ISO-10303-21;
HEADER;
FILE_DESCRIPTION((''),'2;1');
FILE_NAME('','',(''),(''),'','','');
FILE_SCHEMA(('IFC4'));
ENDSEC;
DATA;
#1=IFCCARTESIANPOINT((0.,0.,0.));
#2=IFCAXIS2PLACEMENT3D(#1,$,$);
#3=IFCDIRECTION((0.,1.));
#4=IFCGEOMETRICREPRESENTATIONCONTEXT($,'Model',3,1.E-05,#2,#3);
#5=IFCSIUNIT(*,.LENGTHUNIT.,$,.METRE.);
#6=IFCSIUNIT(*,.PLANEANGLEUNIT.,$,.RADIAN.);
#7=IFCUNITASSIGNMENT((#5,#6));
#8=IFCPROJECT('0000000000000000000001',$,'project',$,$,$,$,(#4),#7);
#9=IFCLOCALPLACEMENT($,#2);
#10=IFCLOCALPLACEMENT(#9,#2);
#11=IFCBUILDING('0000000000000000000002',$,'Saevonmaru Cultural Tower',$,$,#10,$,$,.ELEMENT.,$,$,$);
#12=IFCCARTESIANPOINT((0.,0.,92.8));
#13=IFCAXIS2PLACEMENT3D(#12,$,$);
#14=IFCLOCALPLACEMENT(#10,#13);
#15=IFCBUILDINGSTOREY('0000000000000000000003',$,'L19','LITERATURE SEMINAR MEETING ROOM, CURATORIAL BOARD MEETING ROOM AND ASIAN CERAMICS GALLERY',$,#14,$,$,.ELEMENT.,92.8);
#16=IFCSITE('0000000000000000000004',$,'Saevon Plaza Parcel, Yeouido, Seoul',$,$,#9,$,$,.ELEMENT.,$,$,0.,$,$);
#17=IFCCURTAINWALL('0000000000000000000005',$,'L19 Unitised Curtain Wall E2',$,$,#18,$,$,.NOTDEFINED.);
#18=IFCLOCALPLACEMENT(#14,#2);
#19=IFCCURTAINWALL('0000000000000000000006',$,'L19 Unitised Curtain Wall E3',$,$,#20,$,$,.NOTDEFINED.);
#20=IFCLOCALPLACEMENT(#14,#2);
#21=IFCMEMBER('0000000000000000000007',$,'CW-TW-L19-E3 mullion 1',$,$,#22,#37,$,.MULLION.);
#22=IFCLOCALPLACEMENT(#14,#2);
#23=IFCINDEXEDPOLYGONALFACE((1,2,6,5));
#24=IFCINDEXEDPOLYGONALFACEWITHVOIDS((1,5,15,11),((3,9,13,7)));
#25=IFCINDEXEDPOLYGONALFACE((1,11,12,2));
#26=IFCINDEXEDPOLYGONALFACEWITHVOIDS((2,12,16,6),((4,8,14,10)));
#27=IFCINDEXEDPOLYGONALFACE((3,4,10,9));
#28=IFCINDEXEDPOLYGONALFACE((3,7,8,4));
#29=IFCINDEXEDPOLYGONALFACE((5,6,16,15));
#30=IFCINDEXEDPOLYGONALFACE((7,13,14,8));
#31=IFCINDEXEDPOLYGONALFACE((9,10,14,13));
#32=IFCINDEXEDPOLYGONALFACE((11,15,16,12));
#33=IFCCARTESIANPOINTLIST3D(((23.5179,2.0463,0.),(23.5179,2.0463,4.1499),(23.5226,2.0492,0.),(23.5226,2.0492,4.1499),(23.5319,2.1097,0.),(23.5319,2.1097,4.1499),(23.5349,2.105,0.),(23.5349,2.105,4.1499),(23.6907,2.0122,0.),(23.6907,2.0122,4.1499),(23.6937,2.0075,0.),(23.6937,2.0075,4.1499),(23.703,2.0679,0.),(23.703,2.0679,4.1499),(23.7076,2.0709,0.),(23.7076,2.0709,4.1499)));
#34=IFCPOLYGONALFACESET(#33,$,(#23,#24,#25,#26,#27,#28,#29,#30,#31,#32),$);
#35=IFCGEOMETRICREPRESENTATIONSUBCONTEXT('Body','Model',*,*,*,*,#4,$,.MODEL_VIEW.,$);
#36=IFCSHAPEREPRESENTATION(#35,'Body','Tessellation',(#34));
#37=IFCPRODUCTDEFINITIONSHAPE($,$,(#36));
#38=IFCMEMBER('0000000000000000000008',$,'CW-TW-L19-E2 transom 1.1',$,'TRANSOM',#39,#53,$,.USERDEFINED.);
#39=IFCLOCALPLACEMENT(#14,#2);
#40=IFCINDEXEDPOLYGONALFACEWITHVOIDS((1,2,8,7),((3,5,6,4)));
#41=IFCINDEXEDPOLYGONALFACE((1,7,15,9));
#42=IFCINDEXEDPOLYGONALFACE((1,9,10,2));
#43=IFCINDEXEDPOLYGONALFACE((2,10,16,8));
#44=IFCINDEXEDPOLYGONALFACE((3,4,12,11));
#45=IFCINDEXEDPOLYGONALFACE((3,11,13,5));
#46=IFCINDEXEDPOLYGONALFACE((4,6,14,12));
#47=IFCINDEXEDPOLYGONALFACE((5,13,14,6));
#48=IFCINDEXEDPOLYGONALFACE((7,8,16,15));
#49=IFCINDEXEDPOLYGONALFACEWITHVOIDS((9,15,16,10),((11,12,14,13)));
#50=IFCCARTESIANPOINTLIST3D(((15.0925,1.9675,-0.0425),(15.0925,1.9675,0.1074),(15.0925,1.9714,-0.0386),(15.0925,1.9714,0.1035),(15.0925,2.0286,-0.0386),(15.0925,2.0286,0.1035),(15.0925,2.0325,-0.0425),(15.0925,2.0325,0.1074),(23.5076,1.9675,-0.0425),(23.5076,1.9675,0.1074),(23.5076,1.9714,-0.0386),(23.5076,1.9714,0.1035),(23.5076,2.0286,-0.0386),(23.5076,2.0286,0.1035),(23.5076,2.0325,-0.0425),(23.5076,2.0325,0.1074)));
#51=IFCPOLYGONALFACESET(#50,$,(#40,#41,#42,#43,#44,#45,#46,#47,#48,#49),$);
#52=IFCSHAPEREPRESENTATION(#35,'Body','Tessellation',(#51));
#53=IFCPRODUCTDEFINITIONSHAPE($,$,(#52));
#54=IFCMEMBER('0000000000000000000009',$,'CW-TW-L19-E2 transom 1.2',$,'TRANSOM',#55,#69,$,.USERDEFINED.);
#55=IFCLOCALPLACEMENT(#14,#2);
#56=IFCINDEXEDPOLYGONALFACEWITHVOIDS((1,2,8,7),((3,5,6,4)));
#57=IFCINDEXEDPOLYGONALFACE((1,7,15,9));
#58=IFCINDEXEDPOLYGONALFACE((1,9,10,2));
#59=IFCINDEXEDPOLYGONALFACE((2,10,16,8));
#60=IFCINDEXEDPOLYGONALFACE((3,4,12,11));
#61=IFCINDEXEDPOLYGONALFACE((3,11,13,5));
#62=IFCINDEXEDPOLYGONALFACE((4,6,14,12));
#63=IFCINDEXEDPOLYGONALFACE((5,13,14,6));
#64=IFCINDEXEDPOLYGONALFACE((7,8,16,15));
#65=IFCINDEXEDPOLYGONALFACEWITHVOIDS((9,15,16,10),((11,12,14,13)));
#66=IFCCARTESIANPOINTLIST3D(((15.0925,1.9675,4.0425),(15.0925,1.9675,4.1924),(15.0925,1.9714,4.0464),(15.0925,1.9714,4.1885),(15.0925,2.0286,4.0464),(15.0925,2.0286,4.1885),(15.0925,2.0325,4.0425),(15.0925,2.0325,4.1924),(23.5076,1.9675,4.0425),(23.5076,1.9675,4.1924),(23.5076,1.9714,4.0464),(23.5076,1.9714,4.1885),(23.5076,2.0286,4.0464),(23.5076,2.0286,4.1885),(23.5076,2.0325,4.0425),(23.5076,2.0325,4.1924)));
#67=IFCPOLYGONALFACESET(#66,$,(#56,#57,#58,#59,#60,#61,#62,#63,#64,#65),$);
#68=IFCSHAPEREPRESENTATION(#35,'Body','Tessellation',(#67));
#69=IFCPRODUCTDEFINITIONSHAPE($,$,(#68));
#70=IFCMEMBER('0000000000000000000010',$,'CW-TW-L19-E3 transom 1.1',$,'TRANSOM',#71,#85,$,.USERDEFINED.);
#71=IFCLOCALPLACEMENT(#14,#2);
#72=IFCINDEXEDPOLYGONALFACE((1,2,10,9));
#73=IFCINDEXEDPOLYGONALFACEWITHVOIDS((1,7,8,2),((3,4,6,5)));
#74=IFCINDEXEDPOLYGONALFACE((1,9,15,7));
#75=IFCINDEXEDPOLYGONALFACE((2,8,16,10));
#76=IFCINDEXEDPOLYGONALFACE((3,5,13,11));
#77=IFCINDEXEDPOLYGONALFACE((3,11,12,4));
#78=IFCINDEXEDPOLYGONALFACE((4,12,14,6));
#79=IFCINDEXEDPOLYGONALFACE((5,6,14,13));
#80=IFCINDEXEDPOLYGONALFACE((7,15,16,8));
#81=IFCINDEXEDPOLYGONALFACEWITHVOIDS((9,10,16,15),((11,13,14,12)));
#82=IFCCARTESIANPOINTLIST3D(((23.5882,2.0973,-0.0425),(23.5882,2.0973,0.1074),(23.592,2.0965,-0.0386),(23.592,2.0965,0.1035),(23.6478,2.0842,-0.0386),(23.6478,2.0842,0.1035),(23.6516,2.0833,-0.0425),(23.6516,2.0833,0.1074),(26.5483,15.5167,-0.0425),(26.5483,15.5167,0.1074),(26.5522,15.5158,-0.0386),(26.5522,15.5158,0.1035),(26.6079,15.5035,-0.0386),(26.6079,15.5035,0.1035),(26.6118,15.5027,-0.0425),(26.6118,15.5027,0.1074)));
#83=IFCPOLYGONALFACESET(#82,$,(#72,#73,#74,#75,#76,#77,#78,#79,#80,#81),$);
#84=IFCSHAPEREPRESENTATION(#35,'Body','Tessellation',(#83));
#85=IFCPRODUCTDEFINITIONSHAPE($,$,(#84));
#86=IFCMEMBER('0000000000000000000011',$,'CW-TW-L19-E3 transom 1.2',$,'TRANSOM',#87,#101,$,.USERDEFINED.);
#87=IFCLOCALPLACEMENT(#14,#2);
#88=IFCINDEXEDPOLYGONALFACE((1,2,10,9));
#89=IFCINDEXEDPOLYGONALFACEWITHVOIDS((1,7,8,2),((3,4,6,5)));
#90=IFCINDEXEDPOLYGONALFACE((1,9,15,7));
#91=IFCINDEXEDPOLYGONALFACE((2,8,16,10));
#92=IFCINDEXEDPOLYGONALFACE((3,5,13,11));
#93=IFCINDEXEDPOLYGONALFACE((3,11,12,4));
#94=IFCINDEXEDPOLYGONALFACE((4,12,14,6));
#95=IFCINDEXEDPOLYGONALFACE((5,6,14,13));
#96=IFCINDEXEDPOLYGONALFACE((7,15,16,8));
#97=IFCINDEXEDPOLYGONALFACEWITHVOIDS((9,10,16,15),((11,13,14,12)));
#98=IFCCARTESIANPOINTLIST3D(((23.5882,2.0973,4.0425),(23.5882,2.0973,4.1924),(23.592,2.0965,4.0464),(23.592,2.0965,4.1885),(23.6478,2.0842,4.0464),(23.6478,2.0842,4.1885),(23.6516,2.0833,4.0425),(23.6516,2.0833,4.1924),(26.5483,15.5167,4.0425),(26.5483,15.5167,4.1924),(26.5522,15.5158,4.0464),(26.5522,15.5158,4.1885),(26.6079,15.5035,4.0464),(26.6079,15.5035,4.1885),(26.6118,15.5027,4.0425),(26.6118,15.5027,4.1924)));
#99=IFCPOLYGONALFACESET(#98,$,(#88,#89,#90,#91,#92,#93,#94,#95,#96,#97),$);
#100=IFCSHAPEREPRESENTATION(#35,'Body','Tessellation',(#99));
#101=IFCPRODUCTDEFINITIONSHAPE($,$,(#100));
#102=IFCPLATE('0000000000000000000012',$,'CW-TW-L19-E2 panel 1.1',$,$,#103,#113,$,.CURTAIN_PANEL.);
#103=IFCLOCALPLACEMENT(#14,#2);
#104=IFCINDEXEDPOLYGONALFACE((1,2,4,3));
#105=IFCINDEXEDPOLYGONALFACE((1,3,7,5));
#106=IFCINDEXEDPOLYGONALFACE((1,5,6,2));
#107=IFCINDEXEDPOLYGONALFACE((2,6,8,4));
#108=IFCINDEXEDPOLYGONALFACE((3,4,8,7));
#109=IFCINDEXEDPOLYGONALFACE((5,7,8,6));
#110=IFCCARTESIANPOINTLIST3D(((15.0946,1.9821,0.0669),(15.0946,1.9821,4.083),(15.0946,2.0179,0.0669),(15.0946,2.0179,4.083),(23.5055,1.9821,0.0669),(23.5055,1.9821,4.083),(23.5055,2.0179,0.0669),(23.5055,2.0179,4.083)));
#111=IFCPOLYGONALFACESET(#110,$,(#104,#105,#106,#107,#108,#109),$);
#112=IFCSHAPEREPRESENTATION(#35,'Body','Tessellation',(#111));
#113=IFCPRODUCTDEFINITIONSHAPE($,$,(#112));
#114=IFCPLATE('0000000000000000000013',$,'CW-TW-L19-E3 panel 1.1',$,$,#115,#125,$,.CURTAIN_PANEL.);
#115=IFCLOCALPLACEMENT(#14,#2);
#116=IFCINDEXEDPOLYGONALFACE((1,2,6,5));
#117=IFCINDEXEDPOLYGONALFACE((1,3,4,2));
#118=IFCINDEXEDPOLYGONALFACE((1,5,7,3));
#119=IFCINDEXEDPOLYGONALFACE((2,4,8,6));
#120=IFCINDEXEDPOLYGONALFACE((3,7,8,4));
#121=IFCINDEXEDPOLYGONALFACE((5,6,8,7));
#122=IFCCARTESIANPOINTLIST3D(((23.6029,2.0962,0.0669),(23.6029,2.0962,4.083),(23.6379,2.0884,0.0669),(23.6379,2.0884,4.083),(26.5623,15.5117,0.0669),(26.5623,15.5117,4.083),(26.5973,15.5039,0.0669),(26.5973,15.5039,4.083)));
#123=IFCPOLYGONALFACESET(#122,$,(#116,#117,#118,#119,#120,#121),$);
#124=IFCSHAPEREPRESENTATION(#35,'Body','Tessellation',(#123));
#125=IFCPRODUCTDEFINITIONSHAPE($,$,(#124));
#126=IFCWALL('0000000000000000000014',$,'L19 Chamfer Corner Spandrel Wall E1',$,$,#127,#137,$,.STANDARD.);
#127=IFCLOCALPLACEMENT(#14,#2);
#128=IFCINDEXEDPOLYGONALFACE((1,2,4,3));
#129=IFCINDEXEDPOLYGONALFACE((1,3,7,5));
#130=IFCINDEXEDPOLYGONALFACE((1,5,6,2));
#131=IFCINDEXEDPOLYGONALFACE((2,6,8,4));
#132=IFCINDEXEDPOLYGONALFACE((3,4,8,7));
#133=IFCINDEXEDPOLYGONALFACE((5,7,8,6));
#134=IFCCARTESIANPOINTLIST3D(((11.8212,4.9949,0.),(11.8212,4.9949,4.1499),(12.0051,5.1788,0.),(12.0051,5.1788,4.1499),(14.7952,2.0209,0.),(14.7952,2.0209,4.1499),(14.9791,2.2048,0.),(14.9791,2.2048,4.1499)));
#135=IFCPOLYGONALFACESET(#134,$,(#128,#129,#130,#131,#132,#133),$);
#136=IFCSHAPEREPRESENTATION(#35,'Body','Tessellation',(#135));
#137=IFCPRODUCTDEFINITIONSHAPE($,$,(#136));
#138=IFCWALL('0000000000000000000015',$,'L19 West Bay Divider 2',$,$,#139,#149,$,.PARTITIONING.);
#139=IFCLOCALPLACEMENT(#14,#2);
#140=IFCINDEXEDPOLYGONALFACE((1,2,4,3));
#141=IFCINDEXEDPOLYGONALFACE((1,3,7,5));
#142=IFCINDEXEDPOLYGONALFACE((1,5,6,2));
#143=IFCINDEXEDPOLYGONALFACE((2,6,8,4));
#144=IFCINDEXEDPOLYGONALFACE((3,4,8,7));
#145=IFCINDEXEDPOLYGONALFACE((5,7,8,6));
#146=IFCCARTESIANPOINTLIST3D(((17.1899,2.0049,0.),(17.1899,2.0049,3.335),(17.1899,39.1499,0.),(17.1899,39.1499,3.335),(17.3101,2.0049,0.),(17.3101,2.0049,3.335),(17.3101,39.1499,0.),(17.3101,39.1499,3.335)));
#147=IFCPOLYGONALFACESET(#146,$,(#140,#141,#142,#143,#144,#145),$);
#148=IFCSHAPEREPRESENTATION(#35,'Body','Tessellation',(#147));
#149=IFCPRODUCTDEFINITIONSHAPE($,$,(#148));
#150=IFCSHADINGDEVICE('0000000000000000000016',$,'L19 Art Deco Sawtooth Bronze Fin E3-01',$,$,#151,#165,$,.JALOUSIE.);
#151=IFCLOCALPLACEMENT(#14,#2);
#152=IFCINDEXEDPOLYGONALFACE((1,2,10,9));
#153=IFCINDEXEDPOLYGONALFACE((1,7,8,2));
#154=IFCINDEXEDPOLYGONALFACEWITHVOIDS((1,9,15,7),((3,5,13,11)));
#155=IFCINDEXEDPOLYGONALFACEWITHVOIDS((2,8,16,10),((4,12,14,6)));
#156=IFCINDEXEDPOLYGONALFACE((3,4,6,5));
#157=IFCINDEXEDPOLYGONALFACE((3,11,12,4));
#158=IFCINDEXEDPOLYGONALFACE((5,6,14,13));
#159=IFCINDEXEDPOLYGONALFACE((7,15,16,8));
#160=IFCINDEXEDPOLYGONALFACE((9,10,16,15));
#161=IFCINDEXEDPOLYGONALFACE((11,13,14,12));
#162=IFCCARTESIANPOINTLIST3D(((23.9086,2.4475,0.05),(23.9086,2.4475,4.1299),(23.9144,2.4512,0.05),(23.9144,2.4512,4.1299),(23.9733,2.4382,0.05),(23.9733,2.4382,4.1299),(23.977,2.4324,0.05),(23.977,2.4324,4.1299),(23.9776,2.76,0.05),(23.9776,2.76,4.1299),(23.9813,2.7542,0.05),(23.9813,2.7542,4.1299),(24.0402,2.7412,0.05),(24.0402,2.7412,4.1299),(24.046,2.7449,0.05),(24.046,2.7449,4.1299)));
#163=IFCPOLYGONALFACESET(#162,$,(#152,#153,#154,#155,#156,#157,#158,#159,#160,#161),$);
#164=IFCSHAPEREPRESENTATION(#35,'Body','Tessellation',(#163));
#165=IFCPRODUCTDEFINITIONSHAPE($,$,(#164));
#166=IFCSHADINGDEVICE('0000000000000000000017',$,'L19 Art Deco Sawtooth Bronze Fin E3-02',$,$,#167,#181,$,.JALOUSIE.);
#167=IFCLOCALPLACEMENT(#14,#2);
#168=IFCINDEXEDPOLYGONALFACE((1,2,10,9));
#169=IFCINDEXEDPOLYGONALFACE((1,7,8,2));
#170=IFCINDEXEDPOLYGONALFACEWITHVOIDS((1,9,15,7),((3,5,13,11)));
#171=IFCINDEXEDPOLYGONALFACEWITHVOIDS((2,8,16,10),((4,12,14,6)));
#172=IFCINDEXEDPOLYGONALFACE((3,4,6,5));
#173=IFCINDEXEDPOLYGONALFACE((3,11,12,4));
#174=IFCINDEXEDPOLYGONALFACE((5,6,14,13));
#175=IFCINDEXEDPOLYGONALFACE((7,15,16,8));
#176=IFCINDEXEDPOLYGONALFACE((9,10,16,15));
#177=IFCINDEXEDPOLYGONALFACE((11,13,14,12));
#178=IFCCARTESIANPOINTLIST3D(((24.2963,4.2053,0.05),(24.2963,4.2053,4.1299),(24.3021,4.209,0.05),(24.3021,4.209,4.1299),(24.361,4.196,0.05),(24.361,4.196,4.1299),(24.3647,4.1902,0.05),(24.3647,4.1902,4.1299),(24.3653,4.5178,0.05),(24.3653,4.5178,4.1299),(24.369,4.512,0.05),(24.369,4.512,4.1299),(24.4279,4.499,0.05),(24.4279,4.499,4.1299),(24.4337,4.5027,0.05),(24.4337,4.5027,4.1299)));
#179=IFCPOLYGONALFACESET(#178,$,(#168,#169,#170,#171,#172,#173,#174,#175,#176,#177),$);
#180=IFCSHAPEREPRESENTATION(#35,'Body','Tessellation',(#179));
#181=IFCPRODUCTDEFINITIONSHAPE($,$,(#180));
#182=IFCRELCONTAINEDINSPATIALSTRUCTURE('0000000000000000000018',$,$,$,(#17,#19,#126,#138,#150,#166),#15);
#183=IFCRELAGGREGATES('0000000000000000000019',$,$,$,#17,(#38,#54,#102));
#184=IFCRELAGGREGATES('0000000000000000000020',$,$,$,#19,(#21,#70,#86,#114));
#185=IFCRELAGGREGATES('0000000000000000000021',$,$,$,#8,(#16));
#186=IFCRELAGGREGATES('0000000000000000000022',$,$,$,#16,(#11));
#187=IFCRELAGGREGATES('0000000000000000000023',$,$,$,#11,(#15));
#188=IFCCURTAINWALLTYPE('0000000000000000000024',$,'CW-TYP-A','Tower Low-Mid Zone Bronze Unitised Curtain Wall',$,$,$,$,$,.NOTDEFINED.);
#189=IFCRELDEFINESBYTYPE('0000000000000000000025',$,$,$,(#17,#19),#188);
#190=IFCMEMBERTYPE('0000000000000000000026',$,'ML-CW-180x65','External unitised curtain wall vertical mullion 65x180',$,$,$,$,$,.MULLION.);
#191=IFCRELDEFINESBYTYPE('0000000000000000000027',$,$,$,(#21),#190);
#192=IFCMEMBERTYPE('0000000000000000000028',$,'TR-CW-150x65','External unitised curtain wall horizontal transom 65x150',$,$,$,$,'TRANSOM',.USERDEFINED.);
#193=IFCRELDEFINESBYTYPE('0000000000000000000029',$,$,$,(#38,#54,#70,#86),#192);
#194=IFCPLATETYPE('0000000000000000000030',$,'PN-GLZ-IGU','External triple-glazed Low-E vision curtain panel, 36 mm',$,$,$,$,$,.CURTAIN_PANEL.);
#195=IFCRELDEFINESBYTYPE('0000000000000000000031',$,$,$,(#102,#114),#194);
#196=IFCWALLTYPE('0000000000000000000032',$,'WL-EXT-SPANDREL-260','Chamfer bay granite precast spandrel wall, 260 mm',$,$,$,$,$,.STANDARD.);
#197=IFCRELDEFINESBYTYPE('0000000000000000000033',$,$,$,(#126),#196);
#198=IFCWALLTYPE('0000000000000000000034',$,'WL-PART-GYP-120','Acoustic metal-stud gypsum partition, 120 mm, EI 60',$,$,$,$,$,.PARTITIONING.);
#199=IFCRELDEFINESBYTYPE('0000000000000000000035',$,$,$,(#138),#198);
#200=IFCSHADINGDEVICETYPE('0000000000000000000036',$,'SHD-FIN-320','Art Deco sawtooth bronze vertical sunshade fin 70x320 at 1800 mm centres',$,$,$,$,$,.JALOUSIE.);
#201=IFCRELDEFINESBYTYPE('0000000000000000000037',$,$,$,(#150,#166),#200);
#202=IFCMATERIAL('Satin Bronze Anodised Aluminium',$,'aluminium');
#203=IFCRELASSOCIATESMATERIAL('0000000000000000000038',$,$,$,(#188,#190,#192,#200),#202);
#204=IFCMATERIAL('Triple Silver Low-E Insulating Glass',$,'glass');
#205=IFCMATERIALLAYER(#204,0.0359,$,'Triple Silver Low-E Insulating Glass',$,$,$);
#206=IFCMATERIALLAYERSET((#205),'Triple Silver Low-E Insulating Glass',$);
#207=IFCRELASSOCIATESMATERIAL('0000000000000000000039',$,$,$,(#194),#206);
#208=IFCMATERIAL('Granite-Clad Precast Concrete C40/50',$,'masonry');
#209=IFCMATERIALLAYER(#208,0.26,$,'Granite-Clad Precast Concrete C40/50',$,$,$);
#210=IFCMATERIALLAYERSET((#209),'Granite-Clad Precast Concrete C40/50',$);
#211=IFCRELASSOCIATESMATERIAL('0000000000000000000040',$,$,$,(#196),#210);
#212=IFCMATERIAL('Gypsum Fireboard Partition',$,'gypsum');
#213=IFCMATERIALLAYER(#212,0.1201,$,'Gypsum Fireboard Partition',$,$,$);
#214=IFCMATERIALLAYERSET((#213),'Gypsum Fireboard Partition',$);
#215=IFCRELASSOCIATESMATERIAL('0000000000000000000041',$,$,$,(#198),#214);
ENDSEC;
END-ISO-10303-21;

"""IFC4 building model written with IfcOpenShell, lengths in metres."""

from ifc_helpers import new_model, si_unit, direction, frame, frame_2d, origin, origin_2d, place, context, subcontext, project, spatial, rectangle, hollow_rectangle, extrude, material, layer, layer_set, material_profile, profile_set, type_object, element, aggregate, save


model = new_model("IFC4")

# Units and contexts
model_context = context("Model", 3, precision=1e-05, world=origin(), true_north=direction((0.0, 1.0)))
body_context = subcontext(model_context, "Body", "Model", "MODEL_VIEW")
ifc_project = project(units=[si_unit("LENGTHUNIT", "METRE"), si_unit("PLANEANGLEUNIT", "RADIAN")], contexts=[model_context])

# Site, building, storey
site_placement = place(None, origin())
site = spatial("IfcSite", under=ifc_project, at=site_placement, Name="Saevon Plaza Parcel, Yeouido, Seoul", CompositionType="ELEMENT", RefElevation=0.0)
building_placement = place(site_placement, origin())
building = spatial("IfcBuilding", under=site, at=building_placement, Name="Saevonmaru Cultural Tower", CompositionType="ELEMENT")
storey_placement = place(building_placement, frame((0.0, 0.0, 92.8)))
storey = spatial("IfcBuildingStorey", under=building, at=storey_placement, Name="L19", Description="LITERATURE SEMINAR MEETING ROOM, CURATORIAL BOARD MEETING ROOM AND ASIAN CERAMICS GALLERY", CompositionType="ELEMENT", Elevation=92.8)

# Curtain wall
ifc_material_1 = material(Name="Satin Bronze Anodised Aluminium", Category="aluminium")
curtain_wall_type = type_object("IfcCurtainWallType", Name="CW-TYP-A", Description="Tower Low-Mid Zone Bronze Unitised Curtain Wall", PredefinedType="NOTDEFINED", material=ifc_material_1)
curtain_wall_1_placement = place(storey_placement, origin())
curtain_wall_1 = element("IfcCurtainWall", 1, at=curtain_wall_1_placement, inside=storey, type_object=curtain_wall_type, Name="L19 Unitised Curtain Wall E2", PredefinedType="NOTDEFINED")
ifc_material_profile_1 = material_profile(ifc_material_1, hollow_rectangle(XDim=0.0649, YDim=0.1799, WallThickness=0.0039, at=origin_2d()), Name="ALU-MULL-180x65x4")
ifc_profile_set_1 = profile_set([ifc_material_profile_1], Name="Satin Bronze Anodised Aluminium")
member_type_1 = type_object("IfcMemberType", Name="ML-CW-180x65", Description="External unitised curtain wall vertical mullion 65x180", PredefinedType="MULLION", material=ifc_profile_set_1)

# Curtain wall, member
curtain_wall_2_placement = place(storey_placement, origin())
curtain_wall_2 = element("IfcCurtainWall", 2, at=curtain_wall_2_placement, inside=storey, type_object=curtain_wall_type, Name="L19 Unitised Curtain Wall E3", PredefinedType="NOTDEFINED")
member_1_placement = place(storey_placement, frame((23.6128, 2.0586, 0.0), z_axis=(0.0, 0.0, 1.0), x_axis=(0.215413, 0.976523, 0.0)))
member_1 = element("IfcMember", 3, at=member_1_placement, type_object=member_type_1, Name="CW-TW-L19-E3 mullion 1", PredefinedType="MULLION", context=body_context, shape_type="SweptSolid", body=[
    extrude(hollow_rectangle(XDim=0.0649, YDim=0.1799, WallThickness=0.0039, at=origin_2d()), origin(), (0.0, 0.0, 1.0), 4.1499),
])

# Members
ifc_material_profile_2 = material_profile(ifc_material_1, hollow_rectangle(XDim=0.0649, YDim=0.1499, WallThickness=0.0039, at=origin_2d()), Name="ALU-TRAN-150x65x4")
ifc_profile_set_2 = profile_set([ifc_material_profile_2], Name="Satin Bronze Anodised Aluminium")
member_type_2 = type_object("IfcMemberType", Name="TR-CW-150x65", Description="External unitised curtain wall horizontal transom 65x150", ElementType="TRANSOM", PredefinedType="USERDEFINED", material=ifc_profile_set_2)
member_2_placement = place(storey_placement, frame((15.0925, 2.0, 0.0325), z_axis=(1.0, 0.0, 0.0), x_axis=(0.0, 1.0, 0.0)))
member_2 = element("IfcMember", 4, at=member_2_placement, type_object=member_type_2, Name="CW-TW-L19-E2 transom 1.1", ObjectType="TRANSOM", PredefinedType="USERDEFINED", context=body_context, shape_type="SweptSolid", body=[
    extrude(hollow_rectangle(XDim=0.0649, YDim=0.1499, WallThickness=0.0039, at=origin_2d()), origin(), (0.0, 0.0, 1.0), 8.415),
])
member_3_placement = place(storey_placement, frame((15.0925, 2.0, 4.1174), z_axis=(1.0, 0.0, 0.0), x_axis=(0.0, 1.0, 0.0)))
member_3 = element("IfcMember", 5, at=member_3_placement, type_object=member_type_2, Name="CW-TW-L19-E2 transom 1.2", ObjectType="TRANSOM", PredefinedType="USERDEFINED", context=body_context, shape_type="SweptSolid", body=[
    extrude(hollow_rectangle(XDim=0.0649, YDim=0.1499, WallThickness=0.0039, at=origin_2d()), origin(), (0.0, 0.0, 1.0), 8.415),
])
member_4_placement = place(storey_placement, frame((23.6199, 2.0903, 0.0325), z_axis=(0.215412, 0.976523, 0.0), x_axis=(-0.976523, 0.215412, 0.0)))
member_4 = element("IfcMember", 6, at=member_4_placement, type_object=member_type_2, Name="CW-TW-L19-E3 transom 1.1", ObjectType="TRANSOM", PredefinedType="USERDEFINED", context=body_context, shape_type="SweptSolid", body=[
    extrude(hollow_rectangle(XDim=0.0649, YDim=0.1499, WallThickness=0.0039, at=origin_2d()), origin(), (0.0, 0.0, 1.0), 13.7419),
])
member_5_placement = place(storey_placement, frame((23.6199, 2.0903, 4.1174), z_axis=(0.215412, 0.976523, 0.0), x_axis=(-0.976523, 0.215412, 0.0)))
member_5 = element("IfcMember", 7, at=member_5_placement, type_object=member_type_2, Name="CW-TW-L19-E3 transom 1.2", ObjectType="TRANSOM", PredefinedType="USERDEFINED", context=body_context, shape_type="SweptSolid", body=[
    extrude(hollow_rectangle(XDim=0.0649, YDim=0.1499, WallThickness=0.0039, at=origin_2d()), origin(), (0.0, 0.0, 1.0), 13.7419),
])

# Plates
ifc_material_2 = material(Name="Triple Silver Low-E Insulating Glass", Category="glass")
ifc_layer_1 = layer(ifc_material_2, 0.0359, Name="Triple Silver Low-E Insulating Glass")
ifc_layer_set_1 = layer_set([ifc_layer_1], Name="Triple Silver Low-E Insulating Glass")
plate_type = type_object("IfcPlateType", Name="PN-GLZ-IGU", Description="External triple-glazed Low-E vision curtain panel, 36 mm", PredefinedType="CURTAIN_PANEL", material=ifc_layer_set_1)
plate_1_placement = place(storey_placement, frame((19.3, 2.0, 0.0669), z_axis=(0.0, 0.0, 1.0), x_axis=(1.0, 0.0, 0.0)))
plate_1 = element("IfcPlate", 8, at=plate_1_placement, type_object=plate_type, Name="CW-TW-L19-E2 panel 1.1", PredefinedType="CURTAIN_PANEL", context=body_context, shape_type="SweptSolid", body=[
    extrude(rectangle(XDim=8.4109, YDim=0.0359, at=origin_2d()), origin(), (0.0, 0.0, 1.0), 4.0161),
])
aggregate(curtain_wall_1, [member_2, member_3, plate_1])
plate_2_placement = place(storey_placement, frame((25.1001, 8.8, 0.0669), z_axis=(0.0, 0.0, 1.0), x_axis=(0.215413, 0.976523, 0.0)))
plate_2 = element("IfcPlate", 9, at=plate_2_placement, type_object=plate_type, Name="CW-TW-L19-E3 panel 1.1", PredefinedType="CURTAIN_PANEL", context=body_context, shape_type="SweptSolid", body=[
    extrude(rectangle(XDim=13.738, YDim=0.0359, at=origin_2d()), origin(), (0.0, 0.0, 1.0), 4.0161),
])
aggregate(curtain_wall_2, [member_1, member_4, member_5, plate_2])

# Walls
ifc_material_3 = material(Name="Granite-Clad Precast Concrete C40/50", Category="masonry")
ifc_layer_2 = layer(ifc_material_3, 0.26, Name="Granite-Clad Precast Concrete C40/50")
ifc_layer_set_2 = layer_set([ifc_layer_2], Name="Granite-Clad Precast Concrete C40/50")
wall_type_1 = type_object("IfcWallType", Name="WL-EXT-SPANDREL-260", Description="Chamfer bay granite precast spandrel wall, 260 mm", PredefinedType="STANDARD", material=ifc_layer_set_2)
wall_1_placement = place(storey_placement, frame((11.9131, 5.0869, 0.0), z_axis=(0.0, 0.0, 1.0), x_axis=(0.707107, -0.707107, 0.0)))
element("IfcWall", 10, at=wall_1_placement, inside=storey, type_object=wall_type_1, Name="L19 Chamfer Corner Spandrel Wall E1", PredefinedType="STANDARD", context=body_context, shape_type="SweptSolid", body=[
    extrude(rectangle(XDim=4.2058, YDim=0.26, at=frame_2d((2.103, 0.0))), origin(), (0.0, 0.0, 1.0), 4.1499),
])
ifc_material_4 = material(Name="Gypsum Fireboard Partition", Category="gypsum")
ifc_layer_3 = layer(ifc_material_4, 0.1201, Name="Gypsum Fireboard Partition")
ifc_layer_set_3 = layer_set([ifc_layer_3], Name="Gypsum Fireboard Partition")
wall_type_2 = type_object("IfcWallType", Name="WL-PART-GYP-120", Description="Acoustic metal-stud gypsum partition, 120 mm, EI 60", PredefinedType="PARTITIONING", material=ifc_layer_set_3)
wall_2_placement = place(storey_placement, frame((17.25, 2.0049, 0.0), z_axis=(0.0, 0.0, 1.0), x_axis=(0.0, 1.0, 0.0)))
element("IfcWall", 11, at=wall_2_placement, inside=storey, type_object=wall_type_2, Name="L19 West Bay Divider 2", PredefinedType="PARTITIONING", context=body_context, shape_type="SweptSolid", body=[
    extrude(rectangle(XDim=37.145, YDim=0.1201, at=frame_2d((18.5725, 0.0))), origin(), (0.0, 0.0, 1.0), 3.335),
])

# Shading devices
ifc_material_profile_3 = material_profile(ifc_material_1, hollow_rectangle(XDim=0.0701, YDim=0.3201, WallThickness=0.0049, at=origin_2d()), Name="FIN-320x70")
ifc_profile_set_3 = profile_set([ifc_material_profile_3], Name="Satin Bronze Anodised Aluminium")
shading_device_type = type_object("IfcShadingDeviceType", Name="SHD-FIN-320", Description="Art Deco sawtooth bronze vertical sunshade fin 70x320 at 1800 mm centres", PredefinedType="JALOUSIE", material=ifc_profile_set_3)
for number, where, z_axis, x_axis, name in (
    (12, (23.9773, 2.5962, 0.05), (0.0, 0.0, 1.0), (0.976522, -0.215417, 0.0), "L19 Art Deco Sawtooth Bronze Fin E3-01"),
    (13, (24.365, 4.354, 0.05), (0.0, 0.0, 1.0), (0.976522, -0.215417, 0.0), "L19 Art Deco Sawtooth Bronze Fin E3-02"),
):
    element("IfcShadingDevice", number, at=place(storey_placement, frame(where, z_axis=z_axis, x_axis=x_axis)), inside=storey, type_object=shading_device_type, Name=name, PredefinedType="JALOUSIE", context=body_context, shape_type="SweptSolid", body=[
        extrude(hollow_rectangle(XDim=0.0701, YDim=0.3201, WallThickness=0.0049, at=origin_2d()), origin(), (0.0, 0.0, 1.0), 4.0798),
    ])

save(model, "model.ifc")
